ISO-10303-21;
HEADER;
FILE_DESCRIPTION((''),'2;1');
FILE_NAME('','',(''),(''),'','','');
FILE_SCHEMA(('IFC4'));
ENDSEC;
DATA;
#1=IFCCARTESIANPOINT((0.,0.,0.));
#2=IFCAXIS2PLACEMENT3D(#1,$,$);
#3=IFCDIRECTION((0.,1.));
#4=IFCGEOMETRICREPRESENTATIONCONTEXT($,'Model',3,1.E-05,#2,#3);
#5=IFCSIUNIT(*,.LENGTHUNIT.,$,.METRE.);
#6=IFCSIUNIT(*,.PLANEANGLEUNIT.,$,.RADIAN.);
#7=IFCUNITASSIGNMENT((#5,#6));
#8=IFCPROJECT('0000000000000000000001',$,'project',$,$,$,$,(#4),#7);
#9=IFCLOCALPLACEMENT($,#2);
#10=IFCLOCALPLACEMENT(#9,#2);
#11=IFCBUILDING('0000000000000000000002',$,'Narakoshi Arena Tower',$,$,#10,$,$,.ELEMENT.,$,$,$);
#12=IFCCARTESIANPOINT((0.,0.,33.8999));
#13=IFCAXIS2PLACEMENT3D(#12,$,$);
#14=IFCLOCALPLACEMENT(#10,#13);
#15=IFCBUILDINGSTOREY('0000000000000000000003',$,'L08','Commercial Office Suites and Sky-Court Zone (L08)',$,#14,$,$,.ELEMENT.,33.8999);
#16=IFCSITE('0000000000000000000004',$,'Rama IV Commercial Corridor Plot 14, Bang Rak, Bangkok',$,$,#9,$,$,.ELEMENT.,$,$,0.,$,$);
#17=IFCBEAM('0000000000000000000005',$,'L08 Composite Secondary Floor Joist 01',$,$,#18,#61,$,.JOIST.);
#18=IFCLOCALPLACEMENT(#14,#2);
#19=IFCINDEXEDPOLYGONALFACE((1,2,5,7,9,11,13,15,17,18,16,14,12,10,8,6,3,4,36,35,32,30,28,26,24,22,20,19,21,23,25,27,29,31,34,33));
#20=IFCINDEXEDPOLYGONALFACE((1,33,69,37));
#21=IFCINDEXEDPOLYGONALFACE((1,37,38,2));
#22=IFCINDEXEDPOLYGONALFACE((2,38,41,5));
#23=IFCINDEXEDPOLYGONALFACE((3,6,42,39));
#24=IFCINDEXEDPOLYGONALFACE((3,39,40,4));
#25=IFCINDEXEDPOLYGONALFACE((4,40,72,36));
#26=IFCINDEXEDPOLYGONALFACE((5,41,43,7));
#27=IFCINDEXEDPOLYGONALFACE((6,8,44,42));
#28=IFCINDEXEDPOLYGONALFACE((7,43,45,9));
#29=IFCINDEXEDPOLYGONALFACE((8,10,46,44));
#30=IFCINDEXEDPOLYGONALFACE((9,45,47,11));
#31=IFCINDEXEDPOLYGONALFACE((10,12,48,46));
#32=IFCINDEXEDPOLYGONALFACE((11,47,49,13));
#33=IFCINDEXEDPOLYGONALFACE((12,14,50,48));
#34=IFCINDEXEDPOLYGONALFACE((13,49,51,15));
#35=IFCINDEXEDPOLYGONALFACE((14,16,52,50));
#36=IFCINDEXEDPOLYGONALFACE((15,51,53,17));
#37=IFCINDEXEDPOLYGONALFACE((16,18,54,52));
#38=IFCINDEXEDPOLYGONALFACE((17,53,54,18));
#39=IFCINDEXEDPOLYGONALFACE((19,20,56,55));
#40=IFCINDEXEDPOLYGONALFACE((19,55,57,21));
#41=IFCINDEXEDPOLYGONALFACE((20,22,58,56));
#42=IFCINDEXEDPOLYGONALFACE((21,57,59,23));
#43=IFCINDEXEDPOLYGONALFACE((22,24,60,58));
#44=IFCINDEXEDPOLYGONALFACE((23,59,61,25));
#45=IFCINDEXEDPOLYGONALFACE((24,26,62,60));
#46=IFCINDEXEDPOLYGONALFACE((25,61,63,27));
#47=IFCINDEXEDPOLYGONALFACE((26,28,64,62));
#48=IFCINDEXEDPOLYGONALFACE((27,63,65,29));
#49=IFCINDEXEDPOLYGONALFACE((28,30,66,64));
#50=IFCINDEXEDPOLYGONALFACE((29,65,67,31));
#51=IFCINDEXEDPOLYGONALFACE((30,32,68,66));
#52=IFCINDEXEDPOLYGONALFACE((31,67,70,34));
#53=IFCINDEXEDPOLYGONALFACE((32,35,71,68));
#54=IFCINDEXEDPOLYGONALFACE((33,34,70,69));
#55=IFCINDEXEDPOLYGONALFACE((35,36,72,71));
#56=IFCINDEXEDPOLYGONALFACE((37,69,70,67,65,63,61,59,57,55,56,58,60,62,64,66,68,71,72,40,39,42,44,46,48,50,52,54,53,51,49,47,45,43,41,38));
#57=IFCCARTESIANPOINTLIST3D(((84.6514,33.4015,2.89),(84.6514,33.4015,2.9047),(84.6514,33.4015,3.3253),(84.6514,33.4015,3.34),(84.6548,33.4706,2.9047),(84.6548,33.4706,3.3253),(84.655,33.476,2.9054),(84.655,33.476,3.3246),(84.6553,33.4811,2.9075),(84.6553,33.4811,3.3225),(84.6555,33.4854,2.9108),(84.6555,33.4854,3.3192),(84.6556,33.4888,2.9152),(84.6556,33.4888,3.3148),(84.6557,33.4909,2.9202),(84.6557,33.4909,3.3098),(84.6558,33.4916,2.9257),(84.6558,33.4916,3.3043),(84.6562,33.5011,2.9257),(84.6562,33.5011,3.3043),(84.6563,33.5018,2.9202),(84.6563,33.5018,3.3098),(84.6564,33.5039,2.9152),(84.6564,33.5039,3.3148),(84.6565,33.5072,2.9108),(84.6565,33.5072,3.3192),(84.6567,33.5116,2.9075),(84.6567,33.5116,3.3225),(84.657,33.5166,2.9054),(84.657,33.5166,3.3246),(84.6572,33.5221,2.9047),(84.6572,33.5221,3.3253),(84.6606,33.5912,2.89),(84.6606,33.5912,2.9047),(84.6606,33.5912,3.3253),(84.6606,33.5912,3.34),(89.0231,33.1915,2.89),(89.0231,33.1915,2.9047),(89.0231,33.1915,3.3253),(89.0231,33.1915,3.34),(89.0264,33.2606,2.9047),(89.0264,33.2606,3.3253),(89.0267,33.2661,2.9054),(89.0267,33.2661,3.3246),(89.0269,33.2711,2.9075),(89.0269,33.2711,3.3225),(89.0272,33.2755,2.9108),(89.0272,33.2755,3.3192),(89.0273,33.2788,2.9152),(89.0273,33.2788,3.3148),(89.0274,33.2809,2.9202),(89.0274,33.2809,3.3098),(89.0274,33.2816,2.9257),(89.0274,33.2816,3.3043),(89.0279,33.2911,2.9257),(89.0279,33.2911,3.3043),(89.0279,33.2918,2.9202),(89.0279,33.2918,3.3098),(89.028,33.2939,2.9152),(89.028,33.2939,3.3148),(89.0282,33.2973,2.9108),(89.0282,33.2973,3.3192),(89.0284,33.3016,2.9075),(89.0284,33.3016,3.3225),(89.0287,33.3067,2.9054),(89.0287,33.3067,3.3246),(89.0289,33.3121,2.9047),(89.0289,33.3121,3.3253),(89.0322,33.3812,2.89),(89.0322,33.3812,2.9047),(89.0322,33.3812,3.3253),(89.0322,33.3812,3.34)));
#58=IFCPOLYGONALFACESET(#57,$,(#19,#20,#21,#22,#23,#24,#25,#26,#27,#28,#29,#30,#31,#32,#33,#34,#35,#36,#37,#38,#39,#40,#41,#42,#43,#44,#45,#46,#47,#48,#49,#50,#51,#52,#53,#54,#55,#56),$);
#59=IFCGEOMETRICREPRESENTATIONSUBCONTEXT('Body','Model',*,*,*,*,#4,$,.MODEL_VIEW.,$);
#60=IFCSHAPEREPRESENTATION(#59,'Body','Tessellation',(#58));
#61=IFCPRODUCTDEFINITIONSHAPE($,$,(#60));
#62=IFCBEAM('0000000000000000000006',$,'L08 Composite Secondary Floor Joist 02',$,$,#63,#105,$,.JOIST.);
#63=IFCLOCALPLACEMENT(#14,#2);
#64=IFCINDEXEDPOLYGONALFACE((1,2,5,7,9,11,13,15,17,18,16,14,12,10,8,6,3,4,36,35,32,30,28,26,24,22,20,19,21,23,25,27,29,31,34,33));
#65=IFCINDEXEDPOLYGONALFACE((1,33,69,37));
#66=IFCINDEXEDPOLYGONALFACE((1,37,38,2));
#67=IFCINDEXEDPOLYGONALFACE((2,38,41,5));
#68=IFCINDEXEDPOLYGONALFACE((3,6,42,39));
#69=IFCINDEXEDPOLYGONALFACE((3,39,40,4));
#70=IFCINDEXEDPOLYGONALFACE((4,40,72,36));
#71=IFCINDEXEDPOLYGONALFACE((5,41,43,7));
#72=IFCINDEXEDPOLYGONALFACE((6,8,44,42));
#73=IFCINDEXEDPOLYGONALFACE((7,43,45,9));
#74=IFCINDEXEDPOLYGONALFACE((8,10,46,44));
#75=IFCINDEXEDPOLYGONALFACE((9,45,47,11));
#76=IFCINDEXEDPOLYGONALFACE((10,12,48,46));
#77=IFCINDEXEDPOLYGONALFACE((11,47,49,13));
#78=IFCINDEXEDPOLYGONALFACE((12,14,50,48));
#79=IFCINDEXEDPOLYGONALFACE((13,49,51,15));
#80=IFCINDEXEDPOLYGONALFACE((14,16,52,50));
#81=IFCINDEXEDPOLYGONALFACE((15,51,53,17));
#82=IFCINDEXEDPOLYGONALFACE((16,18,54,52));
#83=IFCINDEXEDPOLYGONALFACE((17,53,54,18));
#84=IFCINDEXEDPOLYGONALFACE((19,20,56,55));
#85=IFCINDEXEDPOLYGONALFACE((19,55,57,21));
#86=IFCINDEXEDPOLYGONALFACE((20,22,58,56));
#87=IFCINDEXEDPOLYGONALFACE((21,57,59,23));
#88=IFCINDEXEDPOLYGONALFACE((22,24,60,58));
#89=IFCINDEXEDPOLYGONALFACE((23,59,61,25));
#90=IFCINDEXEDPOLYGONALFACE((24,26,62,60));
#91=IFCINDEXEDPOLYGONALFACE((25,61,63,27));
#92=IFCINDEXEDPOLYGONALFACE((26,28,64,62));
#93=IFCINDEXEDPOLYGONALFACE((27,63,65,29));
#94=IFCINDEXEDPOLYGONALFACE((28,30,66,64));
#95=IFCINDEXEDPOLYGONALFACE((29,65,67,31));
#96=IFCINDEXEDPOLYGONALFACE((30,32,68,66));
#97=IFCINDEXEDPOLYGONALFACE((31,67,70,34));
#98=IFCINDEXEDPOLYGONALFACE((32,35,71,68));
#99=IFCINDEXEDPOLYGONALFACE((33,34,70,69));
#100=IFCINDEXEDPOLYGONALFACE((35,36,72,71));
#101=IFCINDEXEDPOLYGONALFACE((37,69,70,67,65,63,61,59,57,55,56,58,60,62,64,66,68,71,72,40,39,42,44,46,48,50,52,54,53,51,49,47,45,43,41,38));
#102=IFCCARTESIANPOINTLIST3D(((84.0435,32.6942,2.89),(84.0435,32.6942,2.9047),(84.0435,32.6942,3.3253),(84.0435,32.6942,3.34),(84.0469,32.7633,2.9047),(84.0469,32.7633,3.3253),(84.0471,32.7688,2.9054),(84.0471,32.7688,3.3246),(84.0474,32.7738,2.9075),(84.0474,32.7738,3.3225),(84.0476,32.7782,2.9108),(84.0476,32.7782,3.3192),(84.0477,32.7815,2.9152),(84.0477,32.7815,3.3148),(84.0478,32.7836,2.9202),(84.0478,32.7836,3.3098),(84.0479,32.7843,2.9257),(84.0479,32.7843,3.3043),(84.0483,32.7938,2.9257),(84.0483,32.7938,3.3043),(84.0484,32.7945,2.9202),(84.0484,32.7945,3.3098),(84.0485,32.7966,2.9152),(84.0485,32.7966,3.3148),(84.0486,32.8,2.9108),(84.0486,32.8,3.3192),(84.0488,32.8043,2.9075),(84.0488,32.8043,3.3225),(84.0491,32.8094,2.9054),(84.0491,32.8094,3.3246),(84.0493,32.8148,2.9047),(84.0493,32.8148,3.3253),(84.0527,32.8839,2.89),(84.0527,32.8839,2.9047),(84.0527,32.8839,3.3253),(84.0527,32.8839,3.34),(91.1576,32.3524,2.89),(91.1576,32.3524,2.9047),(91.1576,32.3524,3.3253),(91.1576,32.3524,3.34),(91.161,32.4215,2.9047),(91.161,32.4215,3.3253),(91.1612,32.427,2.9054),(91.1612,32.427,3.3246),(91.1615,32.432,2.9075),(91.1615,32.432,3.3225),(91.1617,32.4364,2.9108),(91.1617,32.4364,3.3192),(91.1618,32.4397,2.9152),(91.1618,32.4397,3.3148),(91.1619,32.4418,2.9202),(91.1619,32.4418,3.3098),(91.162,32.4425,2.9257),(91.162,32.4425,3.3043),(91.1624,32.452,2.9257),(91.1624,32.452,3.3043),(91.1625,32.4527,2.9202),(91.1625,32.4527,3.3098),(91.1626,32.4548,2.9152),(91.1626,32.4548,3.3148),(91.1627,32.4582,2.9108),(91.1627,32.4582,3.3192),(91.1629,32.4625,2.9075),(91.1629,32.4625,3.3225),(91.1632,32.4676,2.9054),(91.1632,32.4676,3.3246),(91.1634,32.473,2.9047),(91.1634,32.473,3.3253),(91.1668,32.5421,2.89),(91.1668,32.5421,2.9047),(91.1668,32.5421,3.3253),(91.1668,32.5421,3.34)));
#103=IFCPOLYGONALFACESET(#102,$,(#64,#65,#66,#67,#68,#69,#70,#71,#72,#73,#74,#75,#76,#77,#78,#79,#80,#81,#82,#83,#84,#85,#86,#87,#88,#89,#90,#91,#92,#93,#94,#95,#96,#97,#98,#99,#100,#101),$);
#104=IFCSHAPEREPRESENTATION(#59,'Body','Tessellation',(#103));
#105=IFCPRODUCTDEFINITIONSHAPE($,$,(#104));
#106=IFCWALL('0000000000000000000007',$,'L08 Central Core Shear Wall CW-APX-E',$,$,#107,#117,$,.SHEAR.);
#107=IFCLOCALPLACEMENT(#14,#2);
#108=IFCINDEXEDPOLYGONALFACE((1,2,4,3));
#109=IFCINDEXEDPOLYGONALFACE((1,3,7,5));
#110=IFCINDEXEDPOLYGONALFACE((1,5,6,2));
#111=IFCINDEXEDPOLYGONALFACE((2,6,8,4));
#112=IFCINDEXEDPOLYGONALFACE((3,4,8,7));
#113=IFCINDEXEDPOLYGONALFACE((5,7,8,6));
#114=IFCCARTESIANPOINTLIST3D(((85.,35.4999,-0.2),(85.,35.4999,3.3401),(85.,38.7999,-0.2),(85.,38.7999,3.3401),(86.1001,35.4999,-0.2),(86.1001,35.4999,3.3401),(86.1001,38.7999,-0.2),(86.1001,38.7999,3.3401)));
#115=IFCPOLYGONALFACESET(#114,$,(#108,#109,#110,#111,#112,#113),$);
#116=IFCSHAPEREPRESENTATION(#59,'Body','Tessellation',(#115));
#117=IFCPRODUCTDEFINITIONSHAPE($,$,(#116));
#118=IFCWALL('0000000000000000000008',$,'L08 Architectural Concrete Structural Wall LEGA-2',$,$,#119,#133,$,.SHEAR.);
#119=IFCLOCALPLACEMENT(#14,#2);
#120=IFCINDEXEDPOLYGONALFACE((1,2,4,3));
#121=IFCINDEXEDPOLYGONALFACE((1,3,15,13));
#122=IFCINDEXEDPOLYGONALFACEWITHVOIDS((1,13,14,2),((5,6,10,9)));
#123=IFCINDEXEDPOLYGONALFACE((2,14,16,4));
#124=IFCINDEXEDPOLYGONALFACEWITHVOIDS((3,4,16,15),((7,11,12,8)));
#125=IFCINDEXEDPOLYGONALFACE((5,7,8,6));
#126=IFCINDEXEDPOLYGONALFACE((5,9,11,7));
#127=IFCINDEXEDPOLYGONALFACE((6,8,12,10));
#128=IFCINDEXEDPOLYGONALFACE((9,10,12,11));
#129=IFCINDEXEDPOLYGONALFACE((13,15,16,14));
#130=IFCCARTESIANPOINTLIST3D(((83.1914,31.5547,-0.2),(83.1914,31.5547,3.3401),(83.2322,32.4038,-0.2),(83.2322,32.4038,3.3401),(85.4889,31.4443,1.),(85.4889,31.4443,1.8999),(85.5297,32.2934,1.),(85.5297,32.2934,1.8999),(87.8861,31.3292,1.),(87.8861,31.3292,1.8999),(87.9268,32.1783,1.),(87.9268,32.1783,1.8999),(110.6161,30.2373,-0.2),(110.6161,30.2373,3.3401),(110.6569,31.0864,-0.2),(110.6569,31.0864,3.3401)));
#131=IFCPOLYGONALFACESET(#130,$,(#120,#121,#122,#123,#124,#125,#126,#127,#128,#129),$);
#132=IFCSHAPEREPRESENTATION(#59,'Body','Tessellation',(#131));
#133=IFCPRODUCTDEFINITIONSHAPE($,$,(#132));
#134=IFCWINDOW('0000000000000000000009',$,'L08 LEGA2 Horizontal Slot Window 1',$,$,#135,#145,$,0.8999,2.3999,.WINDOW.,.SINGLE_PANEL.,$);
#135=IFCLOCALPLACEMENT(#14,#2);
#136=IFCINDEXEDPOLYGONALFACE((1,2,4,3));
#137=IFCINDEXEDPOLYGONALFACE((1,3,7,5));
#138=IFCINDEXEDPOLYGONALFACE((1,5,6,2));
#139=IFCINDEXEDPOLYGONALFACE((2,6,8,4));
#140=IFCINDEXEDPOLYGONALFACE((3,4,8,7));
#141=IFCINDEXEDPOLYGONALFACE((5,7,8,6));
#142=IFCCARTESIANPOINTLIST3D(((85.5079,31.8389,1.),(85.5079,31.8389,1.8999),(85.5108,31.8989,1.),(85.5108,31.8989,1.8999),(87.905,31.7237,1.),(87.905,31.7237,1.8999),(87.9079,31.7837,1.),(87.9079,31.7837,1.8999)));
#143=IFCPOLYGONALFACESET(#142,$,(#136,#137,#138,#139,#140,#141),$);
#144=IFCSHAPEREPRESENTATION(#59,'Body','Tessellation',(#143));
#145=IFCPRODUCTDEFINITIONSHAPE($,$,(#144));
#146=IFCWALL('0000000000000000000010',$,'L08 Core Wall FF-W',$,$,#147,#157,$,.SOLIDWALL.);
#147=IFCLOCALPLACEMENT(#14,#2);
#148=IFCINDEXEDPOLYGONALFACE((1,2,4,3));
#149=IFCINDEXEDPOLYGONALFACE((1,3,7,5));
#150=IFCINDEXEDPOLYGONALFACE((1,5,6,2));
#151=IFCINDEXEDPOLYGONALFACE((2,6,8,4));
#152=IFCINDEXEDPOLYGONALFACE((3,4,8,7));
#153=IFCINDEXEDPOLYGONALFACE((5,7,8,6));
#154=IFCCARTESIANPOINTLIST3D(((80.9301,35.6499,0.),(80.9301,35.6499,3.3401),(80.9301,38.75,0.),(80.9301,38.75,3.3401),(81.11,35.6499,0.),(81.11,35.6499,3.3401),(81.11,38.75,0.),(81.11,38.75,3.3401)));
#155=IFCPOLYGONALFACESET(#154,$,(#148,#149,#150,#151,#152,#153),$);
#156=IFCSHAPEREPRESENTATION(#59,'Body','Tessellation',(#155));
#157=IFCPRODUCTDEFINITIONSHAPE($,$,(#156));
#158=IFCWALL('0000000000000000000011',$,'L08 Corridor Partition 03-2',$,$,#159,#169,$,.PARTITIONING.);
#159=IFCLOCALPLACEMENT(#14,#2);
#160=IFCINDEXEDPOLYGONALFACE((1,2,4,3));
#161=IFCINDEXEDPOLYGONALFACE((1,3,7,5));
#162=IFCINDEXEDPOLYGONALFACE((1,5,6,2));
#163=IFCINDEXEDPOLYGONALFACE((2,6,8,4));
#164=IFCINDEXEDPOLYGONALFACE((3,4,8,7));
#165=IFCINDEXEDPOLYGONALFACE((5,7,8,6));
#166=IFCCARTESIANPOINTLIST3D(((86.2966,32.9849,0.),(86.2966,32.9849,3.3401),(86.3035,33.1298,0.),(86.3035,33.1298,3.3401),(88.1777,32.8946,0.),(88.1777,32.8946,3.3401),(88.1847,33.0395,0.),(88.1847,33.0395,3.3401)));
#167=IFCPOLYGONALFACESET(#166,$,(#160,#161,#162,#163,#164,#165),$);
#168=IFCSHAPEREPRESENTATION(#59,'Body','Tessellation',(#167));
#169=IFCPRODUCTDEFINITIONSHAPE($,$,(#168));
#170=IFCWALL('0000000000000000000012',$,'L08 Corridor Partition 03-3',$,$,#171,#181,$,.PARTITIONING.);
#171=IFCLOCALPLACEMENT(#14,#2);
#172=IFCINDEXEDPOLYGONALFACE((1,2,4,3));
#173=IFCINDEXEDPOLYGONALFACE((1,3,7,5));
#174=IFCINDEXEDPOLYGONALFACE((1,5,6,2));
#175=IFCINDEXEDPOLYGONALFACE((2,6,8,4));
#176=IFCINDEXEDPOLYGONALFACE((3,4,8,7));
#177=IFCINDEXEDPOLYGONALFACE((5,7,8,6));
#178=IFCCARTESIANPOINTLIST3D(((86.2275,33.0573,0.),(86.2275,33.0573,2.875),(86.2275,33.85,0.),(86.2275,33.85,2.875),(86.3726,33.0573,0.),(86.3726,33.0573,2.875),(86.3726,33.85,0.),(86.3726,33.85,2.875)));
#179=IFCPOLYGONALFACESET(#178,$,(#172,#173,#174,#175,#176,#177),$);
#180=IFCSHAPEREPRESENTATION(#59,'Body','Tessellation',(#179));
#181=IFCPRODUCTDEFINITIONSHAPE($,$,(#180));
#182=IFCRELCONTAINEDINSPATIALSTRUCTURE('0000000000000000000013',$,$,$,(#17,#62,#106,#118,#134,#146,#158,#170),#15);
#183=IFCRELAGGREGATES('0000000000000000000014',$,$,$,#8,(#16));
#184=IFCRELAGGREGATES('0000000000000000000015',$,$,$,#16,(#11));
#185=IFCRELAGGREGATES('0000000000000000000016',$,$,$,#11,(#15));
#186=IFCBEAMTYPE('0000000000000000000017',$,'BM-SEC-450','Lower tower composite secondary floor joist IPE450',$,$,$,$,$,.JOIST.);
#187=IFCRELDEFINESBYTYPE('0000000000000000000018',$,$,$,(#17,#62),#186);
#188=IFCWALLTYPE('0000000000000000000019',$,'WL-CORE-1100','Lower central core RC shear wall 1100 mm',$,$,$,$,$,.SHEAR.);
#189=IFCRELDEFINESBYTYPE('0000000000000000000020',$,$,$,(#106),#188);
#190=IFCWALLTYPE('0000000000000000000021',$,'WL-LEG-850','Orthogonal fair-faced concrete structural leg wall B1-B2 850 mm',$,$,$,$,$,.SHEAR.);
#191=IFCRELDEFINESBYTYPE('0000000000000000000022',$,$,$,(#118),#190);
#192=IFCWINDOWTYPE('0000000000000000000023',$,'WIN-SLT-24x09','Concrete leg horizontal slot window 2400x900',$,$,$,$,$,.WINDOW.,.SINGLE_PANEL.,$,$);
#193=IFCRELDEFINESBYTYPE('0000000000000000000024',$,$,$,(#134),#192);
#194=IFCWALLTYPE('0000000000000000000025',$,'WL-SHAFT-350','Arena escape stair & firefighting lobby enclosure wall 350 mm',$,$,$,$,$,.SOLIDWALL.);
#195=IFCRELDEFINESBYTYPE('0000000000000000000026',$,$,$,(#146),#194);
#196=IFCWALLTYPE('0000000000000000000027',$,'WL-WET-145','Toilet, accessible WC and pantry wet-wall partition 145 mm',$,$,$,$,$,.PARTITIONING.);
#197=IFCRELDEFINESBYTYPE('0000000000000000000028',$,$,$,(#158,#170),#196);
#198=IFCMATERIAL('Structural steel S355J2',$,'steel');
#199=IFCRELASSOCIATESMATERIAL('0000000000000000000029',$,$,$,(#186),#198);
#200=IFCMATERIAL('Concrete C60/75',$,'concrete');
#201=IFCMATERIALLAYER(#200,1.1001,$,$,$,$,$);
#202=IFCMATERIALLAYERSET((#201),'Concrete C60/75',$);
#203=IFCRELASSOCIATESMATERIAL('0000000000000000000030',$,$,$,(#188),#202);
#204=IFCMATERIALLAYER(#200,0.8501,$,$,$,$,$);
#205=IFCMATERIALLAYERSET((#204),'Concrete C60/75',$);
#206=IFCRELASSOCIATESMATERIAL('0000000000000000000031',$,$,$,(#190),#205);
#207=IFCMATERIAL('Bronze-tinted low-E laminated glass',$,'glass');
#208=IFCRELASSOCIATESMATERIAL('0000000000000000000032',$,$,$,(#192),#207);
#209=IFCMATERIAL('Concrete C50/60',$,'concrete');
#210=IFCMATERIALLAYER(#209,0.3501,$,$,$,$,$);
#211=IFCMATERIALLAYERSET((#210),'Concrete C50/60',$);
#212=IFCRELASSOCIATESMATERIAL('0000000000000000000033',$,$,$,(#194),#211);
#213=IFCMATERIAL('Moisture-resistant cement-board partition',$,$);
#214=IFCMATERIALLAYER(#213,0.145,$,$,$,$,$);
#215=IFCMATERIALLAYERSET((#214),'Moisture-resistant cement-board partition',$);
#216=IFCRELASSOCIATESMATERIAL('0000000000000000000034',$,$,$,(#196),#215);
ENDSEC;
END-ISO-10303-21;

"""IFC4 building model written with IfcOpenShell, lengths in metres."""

from ifc_helpers import new_model, si_unit, direction, frame, frame_2d, origin, origin_2d, place, context, subcontext, project, spatial, rectangle, i_section, extrude, material, layer, layer_set, material_profile, profile_set, type_object, element, fill, save


model = new_model("IFC4")

# Units and contexts
model_context = context("Model", 3, precision=1e-05, world=origin(), true_north=direction((0.0, 1.0)))
body_context = subcontext(model_context, "Body", "Model", "MODEL_VIEW")
ifc_project = project(units=[si_unit("LENGTHUNIT", "METRE"), si_unit("PLANEANGLEUNIT", "RADIAN")], contexts=[model_context])

# Site, building, storey
site_placement = place(None, origin())
site = spatial("IfcSite", under=ifc_project, at=site_placement, Name="Rama IV Commercial Corridor Plot 14, Bang Rak, Bangkok", CompositionType="ELEMENT", RefElevation=0.0)
building_placement = place(site_placement, origin())
building = spatial("IfcBuilding", under=site, at=building_placement, Name="Narakoshi Arena Tower", CompositionType="ELEMENT")
storey_placement = place(building_placement, frame((0.0, 0.0, 33.8999)))
storey = spatial("IfcBuildingStorey", under=building, at=storey_placement, Name="L08", Description="Commercial Office Suites and Sky-Court Zone (L08)", CompositionType="ELEMENT", Elevation=33.8999)

# Shared definitions
ifc_material_1 = material(Name="Concrete C60/75", Category="concrete")

# Beams
ifc_material_2 = material(Name="Structural steel S355J2", Category="steel")
ifc_material_profile_1 = material_profile(ifc_material_2, i_section(OverallWidth=0.1899, OverallDepth=0.45, WebThickness=0.0095, FlangeThickness=0.0146, FilletRadius=0.021, at=origin_2d()), Name="IPE450")
ifc_profile_set_1 = profile_set([ifc_material_profile_1], Name="Structural steel S355J2")
beam_type_1 = type_object("IfcBeamType", Name="BM-SEC-450", Description="Lower tower composite secondary floor joist IPE450", PredefinedType="JOIST", material=ifc_profile_set_1)
beam_1_placement = place(storey_placement, frame((84.656, 33.4963, 3.115), z_axis=(0.998849, -0.047973, 0.0), x_axis=(0.047973, 0.998849, 0.0)))
element("IfcBeam", 1, at=beam_1_placement, inside=storey, type_object=beam_type_1, Name="L08 Composite Secondary Floor Joist 01", PredefinedType="JOIST", context=body_context, shape_type="SweptSolid", body=[
    extrude(i_section(OverallWidth=0.1899, OverallDepth=0.45, WebThickness=0.0095, FlangeThickness=0.0146, FilletRadius=0.021, at=origin_2d()), origin(), (0.0, 0.0, 1.0), 4.3767),
])
beam_2_placement = place(storey_placement, frame((84.0481, 32.7891, 3.115), z_axis=(0.998848, -0.04799, 0.0), x_axis=(0.04799, 0.998848, 0.0)))
element("IfcBeam", 2, at=beam_2_placement, inside=storey, type_object=beam_type_1, Name="L08 Composite Secondary Floor Joist 02", PredefinedType="JOIST", context=body_context, shape_type="SweptSolid", body=[
    extrude(i_section(OverallWidth=0.1899, OverallDepth=0.45, WebThickness=0.0095, FlangeThickness=0.0146, FilletRadius=0.021, at=origin_2d()), origin(), (0.0, 0.0, 1.0), 7.1223),
])

# Wall
ifc_layer_1 = layer(ifc_material_1, 1.1001)
ifc_layer_set_1 = layer_set([ifc_layer_1], Name="Concrete C60/75")
wall_type_1 = type_object("IfcWallType", Name="WL-CORE-1100", Description="Lower central core RC shear wall 1100 mm", PredefinedType="SHEAR", material=ifc_layer_set_1)
wall_1_placement = place(storey_placement, frame((85.55, 35.5, -0.2), z_axis=(0.0, 0.0, 1.0), x_axis=(0.0, 1.0, 0.0)))
element("IfcWall", 3, at=wall_1_placement, inside=storey, type_object=wall_type_1, Name="L08 Central Core Shear Wall CW-APX-E", PredefinedType="SHEAR", context=body_context, shape_type="SweptSolid", body=[
    extrude(rectangle(XDim=3.3, YDim=1.1001, at=frame_2d((1.6499, 0.0))), origin(), (0.0, 0.0, 1.0), 3.54),
])

# Wall, opening, window
ifc_layer_2 = layer(ifc_material_1, 0.8501)
ifc_layer_set_2 = layer_set([ifc_layer_2], Name="Concrete C60/75")
wall_type_2 = type_object("IfcWallType", Name="WL-LEG-850", Description="Orthogonal fair-faced concrete structural leg wall B1-B2 850 mm", PredefinedType="SHEAR", material=ifc_layer_set_2)
wall_2_placement = place(storey_placement, frame((83.2119, 31.9792, -0.2), z_axis=(0.0, 0.0, 1.0), x_axis=(0.998848, -0.047981, 0.0)))
wall_2 = element("IfcWall", 4, at=wall_2_placement, inside=storey, type_object=wall_type_2, Name="L08 Architectural Concrete Structural Wall LEGA-2", PredefinedType="SHEAR", context=body_context, shape_type="SweptSolid", body=[
    extrude(rectangle(XDim=27.4563, YDim=0.8501, at=frame_2d((13.728, 0.0))), origin(), (0.0, 0.0, 1.0), 3.54),
])
opening_1_placement = place(wall_2_placement, frame((2.3, 0.0, 1.2)))
opening_1 = element("IfcOpeningElement", 5, at=opening_1_placement, cuts=wall_2, PredefinedType="OPENING", context=body_context, shape_type="SweptSolid", body=[
    extrude(rectangle(XDim=2.3999, YDim=0.8999, at=frame_2d((1.2, 0.45))), frame((0.0, 0.4351, 0.0), z_axis=(0.0, -1.0, 0.0), x_axis=(1.0, 0.0, 0.0)), (0.0, 0.0, 1.0), 0.8701),
])
ifc_material_3 = material(Name="Bronze-tinted low-E laminated glass", Category="glass")
window_type = type_object("IfcWindowType", Name="WIN-SLT-24x09", Description="Concrete leg horizontal slot window 2400x900", PartitioningType="SINGLE_PANEL", PredefinedType="WINDOW", material=ifc_material_3)
window_placement = place(opening_1_placement, origin())
window = element("IfcWindow", 6, at=window_placement, inside=storey, type_object=window_type, Name="L08 LEGA2 Horizontal Slot Window 1", OverallHeight=0.8999, OverallWidth=2.3999, PartitioningType="SINGLE_PANEL", PredefinedType="WINDOW", context=body_context, shape_type="SweptSolid", body=[
    extrude(rectangle(XDim=2.3999, YDim=0.8999, at=frame_2d((1.2, 0.45))), frame((0.0, 0.03, 0.0), z_axis=(0.0, -1.0, 0.0), x_axis=(1.0, 0.0, 0.0)), (0.0, 0.0, 1.0), 0.0601),
])
fill(opening_1, window)

# Wall
ifc_material_4 = material(Name="Concrete C50/60", Category="concrete")
ifc_layer_3 = layer(ifc_material_4, 0.3501)
ifc_layer_set_3 = layer_set([ifc_layer_3], Name="Concrete C50/60")
wall_type_3 = type_object("IfcWallType", Name="WL-SHAFT-350", Description="Arena escape stair & firefighting lobby enclosure wall 350 mm", PredefinedType="SOLIDWALL", material=ifc_layer_set_3)
wall_3_placement = place(storey_placement, frame((81.02, 35.6499, 0.0), z_axis=(0.0, 0.0, 1.0), x_axis=(0.0, 1.0, 0.0)))
element("IfcWall", 7, at=wall_3_placement, inside=storey, type_object=wall_type_3, Name="L08 Core Wall FF-W", PredefinedType="SOLIDWALL", context=body_context, shape_type="SweptSolid", body=[
    extrude(rectangle(XDim=3.1001, YDim=0.1799, at=frame_2d((1.55, 0.0))), origin(), (0.0, 0.0, 1.0), 3.3401),
])

# Shared definitions
ifc_material_5 = material(Name="Moisture-resistant cement-board partition")
ifc_layer_4 = layer(ifc_material_5, 0.145)
ifc_layer_set_4 = layer_set([ifc_layer_4], Name="Moisture-resistant cement-board partition")
wall_type_4 = type_object("IfcWallType", Name="WL-WET-145", Description="Toilet, accessible WC and pantry wet-wall partition 145 mm", PredefinedType="PARTITIONING", material=ifc_layer_set_4)

# Walls
wall_4_placement = place(storey_placement, frame((86.3, 33.0574, 0.0), z_axis=(0.0, 0.0, 1.0), x_axis=(0.998849, -0.047965, 0.0)))
element("IfcWall", 8, at=wall_4_placement, inside=storey, type_object=wall_type_4, Name="L08 Corridor Partition 03-2", PredefinedType="PARTITIONING", context=body_context, shape_type="SweptSolid", body=[
    extrude(rectangle(XDim=1.8833, YDim=0.145, at=frame_2d((0.9417, 0.0))), origin(), (0.0, 0.0, 1.0), 3.3401),
])
wall_5_placement = place(storey_placement, frame((86.3, 33.8501, 0.0), z_axis=(0.0, 0.0, 1.0), x_axis=(0.0, -1.0, 0.0)))
element("IfcWall", 9, at=wall_5_placement, inside=storey, type_object=wall_type_4, Name="L08 Corridor Partition 03-3", PredefinedType="PARTITIONING", context=body_context, shape_type="SweptSolid", body=[
    extrude(rectangle(XDim=0.7927, YDim=0.145, at=frame_2d((0.3965, 0.0))), origin(), (0.0, 0.0, 1.0), 2.875),
])

save(model, "model.ifc")
